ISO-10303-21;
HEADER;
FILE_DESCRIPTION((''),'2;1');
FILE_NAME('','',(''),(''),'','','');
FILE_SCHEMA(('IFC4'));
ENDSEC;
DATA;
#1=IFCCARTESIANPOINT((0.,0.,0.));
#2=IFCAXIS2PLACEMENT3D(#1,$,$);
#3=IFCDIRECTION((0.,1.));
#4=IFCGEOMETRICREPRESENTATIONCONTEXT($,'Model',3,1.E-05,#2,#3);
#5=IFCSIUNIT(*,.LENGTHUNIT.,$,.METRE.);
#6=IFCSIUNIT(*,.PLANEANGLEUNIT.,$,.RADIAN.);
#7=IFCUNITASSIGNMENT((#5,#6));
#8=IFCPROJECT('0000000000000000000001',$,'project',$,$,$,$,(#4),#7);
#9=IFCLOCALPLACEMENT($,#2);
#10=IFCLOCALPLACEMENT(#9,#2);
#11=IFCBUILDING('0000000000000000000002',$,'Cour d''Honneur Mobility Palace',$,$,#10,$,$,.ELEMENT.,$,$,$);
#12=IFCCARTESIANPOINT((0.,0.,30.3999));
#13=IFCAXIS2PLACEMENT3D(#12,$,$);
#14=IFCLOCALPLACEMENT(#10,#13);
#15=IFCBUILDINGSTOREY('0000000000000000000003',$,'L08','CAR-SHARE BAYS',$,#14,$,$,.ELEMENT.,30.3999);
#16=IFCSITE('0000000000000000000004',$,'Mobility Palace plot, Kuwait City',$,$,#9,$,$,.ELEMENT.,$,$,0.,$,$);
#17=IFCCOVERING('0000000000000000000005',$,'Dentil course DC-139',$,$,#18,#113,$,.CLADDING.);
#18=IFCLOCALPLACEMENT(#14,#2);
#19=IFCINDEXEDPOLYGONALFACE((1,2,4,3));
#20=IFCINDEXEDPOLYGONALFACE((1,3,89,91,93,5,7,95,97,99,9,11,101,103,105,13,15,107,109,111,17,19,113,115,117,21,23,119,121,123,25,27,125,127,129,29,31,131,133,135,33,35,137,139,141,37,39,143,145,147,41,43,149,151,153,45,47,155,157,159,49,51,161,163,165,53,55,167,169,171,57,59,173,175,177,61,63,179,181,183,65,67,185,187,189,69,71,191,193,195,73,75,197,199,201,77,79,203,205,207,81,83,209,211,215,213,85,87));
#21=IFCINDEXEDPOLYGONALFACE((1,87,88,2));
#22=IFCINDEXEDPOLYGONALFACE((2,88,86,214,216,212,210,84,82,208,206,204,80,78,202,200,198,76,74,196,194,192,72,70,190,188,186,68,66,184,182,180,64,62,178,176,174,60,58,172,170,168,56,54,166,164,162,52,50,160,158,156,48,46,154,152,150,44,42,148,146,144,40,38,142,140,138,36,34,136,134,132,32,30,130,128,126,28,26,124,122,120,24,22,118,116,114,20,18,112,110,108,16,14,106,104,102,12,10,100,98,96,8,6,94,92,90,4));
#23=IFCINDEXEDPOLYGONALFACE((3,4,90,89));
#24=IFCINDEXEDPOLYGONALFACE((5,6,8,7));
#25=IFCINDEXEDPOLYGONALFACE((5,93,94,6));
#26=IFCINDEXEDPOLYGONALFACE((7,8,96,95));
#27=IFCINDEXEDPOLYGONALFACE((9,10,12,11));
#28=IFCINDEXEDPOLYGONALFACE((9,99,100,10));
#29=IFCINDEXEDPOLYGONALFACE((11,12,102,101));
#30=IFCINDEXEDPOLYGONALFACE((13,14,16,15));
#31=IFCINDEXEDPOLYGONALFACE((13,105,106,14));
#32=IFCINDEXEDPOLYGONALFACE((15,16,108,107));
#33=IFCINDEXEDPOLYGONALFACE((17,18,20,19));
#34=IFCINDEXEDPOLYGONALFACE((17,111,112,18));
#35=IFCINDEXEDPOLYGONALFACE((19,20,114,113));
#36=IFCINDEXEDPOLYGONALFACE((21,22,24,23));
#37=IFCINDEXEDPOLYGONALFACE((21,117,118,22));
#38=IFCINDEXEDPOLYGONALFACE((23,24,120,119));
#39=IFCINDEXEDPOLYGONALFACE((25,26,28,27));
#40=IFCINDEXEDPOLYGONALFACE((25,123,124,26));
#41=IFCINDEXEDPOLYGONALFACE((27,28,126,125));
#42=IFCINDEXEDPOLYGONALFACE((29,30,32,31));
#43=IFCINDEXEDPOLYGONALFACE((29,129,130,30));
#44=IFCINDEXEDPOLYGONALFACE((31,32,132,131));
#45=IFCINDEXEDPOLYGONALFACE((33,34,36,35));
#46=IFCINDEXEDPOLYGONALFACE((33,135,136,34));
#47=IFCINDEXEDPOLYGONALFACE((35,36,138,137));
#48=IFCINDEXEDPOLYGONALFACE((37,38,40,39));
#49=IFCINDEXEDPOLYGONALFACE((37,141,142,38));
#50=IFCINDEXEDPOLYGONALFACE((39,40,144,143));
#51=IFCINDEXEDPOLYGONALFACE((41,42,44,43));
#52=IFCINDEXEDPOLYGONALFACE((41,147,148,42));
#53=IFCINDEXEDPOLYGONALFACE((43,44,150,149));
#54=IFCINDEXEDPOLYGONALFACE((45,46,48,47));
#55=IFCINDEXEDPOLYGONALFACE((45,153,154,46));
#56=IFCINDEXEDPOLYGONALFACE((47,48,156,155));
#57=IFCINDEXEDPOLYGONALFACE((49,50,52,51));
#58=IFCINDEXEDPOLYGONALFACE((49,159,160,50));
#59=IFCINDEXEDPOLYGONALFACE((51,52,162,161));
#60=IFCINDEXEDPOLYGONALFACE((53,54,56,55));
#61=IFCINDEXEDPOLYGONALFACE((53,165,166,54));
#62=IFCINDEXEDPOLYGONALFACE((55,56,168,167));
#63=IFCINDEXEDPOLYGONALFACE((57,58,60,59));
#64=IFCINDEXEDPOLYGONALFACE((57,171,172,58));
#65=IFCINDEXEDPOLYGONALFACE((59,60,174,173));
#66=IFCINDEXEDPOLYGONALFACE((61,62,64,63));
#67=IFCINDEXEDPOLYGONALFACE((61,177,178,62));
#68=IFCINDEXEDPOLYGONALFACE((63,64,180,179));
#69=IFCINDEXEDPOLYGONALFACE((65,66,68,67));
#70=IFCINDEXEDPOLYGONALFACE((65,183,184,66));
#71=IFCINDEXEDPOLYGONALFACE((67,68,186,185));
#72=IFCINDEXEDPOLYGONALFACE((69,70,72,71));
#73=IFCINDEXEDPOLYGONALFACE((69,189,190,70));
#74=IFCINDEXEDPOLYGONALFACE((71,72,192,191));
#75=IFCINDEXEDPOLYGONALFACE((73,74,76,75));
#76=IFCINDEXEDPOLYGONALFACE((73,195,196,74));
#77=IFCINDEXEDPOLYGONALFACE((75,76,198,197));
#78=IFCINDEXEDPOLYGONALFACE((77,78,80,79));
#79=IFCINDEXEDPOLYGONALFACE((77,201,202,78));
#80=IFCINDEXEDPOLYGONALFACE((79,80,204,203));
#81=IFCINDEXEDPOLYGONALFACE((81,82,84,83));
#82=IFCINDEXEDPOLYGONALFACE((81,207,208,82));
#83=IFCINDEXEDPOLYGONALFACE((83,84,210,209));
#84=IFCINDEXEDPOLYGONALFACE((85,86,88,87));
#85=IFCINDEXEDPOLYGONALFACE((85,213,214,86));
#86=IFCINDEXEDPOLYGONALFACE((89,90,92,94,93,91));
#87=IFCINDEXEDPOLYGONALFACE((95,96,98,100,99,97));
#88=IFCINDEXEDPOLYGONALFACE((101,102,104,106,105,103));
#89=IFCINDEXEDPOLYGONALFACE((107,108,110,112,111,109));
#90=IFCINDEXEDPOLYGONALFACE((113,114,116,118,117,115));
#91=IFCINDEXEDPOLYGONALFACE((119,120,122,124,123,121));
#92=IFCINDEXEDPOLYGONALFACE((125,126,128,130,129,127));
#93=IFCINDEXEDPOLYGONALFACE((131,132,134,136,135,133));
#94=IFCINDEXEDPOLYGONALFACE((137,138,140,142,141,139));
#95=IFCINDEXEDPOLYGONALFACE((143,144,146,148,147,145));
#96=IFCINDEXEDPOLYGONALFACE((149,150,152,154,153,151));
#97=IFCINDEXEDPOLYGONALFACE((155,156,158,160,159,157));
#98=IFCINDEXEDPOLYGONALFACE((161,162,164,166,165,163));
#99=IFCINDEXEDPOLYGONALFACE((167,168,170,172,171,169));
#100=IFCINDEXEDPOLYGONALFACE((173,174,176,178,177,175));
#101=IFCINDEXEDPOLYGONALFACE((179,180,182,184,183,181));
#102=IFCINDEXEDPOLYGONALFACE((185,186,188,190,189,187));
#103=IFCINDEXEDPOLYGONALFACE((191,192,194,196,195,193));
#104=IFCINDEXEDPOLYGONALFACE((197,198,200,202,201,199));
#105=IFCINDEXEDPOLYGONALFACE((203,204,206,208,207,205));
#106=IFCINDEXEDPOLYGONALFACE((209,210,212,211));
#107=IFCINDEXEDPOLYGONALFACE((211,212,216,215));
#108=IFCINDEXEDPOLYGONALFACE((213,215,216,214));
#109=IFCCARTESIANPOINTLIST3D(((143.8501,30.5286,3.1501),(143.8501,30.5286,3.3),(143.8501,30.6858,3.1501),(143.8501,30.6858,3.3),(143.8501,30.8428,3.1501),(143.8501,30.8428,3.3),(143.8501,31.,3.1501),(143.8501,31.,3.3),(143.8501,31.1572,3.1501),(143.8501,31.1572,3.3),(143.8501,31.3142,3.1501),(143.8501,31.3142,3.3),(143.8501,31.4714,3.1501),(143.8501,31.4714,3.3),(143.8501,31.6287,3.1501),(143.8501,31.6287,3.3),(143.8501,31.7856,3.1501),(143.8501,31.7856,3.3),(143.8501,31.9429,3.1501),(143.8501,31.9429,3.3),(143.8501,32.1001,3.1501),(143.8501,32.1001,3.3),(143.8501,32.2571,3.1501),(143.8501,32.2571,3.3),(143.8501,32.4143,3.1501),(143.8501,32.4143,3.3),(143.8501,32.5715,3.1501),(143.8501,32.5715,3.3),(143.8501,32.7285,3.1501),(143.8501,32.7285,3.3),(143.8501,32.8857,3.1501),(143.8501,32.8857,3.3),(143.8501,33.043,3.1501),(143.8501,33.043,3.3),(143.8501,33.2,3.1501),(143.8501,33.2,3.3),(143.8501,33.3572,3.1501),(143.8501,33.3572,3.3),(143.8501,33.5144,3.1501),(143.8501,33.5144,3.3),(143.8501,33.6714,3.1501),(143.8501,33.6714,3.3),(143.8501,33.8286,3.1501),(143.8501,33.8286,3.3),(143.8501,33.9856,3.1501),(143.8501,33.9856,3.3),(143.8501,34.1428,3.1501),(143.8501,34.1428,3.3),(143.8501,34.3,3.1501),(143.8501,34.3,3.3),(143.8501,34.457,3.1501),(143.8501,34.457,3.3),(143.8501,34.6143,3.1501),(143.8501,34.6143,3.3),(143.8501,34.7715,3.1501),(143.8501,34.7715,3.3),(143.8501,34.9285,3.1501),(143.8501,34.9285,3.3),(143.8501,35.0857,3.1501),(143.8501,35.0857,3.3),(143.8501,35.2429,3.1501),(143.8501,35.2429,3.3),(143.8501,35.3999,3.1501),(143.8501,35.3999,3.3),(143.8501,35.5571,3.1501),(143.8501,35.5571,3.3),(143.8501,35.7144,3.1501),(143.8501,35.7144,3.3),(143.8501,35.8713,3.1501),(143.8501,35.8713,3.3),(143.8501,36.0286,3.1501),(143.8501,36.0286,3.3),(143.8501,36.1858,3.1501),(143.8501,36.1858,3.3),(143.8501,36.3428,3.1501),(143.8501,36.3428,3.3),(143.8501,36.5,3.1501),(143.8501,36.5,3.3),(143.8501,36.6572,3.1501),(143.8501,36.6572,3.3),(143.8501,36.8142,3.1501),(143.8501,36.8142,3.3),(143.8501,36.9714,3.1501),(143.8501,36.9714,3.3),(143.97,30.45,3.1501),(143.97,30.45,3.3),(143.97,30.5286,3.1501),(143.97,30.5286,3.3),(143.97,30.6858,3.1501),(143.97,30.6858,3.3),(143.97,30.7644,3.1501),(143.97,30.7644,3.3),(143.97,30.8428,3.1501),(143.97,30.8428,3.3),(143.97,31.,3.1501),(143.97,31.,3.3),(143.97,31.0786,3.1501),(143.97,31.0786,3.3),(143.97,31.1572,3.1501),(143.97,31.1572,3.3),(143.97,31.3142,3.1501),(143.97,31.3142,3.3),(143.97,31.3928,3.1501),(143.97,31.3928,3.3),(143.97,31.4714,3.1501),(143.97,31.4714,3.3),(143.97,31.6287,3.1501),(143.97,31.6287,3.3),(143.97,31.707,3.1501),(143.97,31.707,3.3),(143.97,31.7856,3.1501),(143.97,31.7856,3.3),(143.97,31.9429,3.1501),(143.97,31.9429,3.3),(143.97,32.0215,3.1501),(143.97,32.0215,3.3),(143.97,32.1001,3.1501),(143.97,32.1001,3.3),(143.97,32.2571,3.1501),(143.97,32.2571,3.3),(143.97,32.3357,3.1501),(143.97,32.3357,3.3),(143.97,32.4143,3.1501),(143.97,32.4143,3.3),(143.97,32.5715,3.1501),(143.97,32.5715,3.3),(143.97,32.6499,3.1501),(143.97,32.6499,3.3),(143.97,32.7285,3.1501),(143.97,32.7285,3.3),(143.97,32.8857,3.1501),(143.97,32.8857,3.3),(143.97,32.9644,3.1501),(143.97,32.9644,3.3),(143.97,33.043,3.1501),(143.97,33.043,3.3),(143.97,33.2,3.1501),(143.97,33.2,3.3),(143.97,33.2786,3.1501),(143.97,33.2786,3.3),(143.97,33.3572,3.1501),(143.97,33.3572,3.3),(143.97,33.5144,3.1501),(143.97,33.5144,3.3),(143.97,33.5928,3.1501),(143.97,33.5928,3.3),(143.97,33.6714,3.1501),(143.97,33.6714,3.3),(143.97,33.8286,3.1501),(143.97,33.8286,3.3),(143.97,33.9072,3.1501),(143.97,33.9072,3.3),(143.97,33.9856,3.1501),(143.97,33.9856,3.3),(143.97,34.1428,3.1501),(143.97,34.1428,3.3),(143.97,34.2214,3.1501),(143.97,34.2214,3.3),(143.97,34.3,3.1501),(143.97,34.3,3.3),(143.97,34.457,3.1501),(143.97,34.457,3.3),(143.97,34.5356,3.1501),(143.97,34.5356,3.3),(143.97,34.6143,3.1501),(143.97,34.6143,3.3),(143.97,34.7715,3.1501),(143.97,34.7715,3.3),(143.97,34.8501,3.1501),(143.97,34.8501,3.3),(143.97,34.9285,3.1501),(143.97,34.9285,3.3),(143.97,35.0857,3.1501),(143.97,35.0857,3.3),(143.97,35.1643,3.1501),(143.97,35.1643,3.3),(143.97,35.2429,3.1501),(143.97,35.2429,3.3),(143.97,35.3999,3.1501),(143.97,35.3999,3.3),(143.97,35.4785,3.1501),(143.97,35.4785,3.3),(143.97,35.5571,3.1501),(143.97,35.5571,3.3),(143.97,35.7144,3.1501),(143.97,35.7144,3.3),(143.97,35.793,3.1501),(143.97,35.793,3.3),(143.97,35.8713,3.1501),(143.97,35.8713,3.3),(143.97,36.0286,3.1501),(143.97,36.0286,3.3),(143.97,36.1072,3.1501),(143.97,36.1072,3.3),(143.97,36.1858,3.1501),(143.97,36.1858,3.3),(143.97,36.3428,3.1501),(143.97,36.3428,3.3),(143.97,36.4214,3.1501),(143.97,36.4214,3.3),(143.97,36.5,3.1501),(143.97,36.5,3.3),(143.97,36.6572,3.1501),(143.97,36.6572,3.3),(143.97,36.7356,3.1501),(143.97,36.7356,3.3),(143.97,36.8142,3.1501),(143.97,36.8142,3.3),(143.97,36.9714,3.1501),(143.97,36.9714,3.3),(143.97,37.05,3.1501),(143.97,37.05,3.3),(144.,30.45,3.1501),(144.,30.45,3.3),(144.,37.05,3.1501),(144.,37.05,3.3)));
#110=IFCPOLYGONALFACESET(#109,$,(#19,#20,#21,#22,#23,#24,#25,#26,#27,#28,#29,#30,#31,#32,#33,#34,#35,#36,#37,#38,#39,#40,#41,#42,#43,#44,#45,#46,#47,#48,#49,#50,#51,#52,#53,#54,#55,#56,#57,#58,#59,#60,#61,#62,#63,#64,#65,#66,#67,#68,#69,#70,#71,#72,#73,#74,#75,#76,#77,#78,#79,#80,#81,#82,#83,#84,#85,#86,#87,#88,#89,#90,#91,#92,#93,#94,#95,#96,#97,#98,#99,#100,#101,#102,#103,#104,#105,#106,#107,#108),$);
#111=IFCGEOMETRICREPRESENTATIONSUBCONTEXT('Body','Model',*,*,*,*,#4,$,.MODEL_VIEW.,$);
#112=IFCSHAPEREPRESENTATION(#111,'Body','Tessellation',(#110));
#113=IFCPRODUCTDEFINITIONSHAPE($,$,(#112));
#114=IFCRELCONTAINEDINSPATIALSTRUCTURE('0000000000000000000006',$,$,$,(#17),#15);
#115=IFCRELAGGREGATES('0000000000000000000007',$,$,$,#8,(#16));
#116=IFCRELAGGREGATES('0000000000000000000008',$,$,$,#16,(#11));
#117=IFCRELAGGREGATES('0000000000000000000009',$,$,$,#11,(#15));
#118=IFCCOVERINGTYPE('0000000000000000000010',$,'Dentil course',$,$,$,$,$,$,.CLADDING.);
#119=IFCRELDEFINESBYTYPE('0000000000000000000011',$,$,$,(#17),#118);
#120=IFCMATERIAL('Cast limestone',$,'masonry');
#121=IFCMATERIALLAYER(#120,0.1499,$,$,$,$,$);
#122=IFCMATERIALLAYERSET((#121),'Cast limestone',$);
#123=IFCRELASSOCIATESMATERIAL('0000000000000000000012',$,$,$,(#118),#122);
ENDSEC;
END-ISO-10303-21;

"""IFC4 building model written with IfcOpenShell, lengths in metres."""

from ifc_helpers import new_model, si_unit, direction, frame, origin, place, context, subcontext, project, spatial, polyline, outline, extrude, material, layer, layer_set, type_object, element, save


model = new_model("IFC4")

# Units and contexts
model_context = context("Model", 3, precision=1e-05, world=origin(), true_north=direction((0.0, 1.0)))
body_context = subcontext(model_context, "Body", "Model", "MODEL_VIEW")
ifc_project = project(units=[si_unit("LENGTHUNIT", "METRE"), si_unit("PLANEANGLEUNIT", "RADIAN")], contexts=[model_context])

# Site, building, storey
site_placement = place(None, origin())
site = spatial("IfcSite", under=ifc_project, at=site_placement, Name="Mobility Palace plot, Kuwait City", CompositionType="ELEMENT", RefElevation=0.0)
building_placement = place(site_placement, origin())
building = spatial("IfcBuilding", under=site, at=building_placement, Name="Cour d'Honneur Mobility Palace", CompositionType="ELEMENT")
storey_placement = place(building_placement, frame((0.0, 0.0, 30.3999)))
storey = spatial("IfcBuildingStorey", under=building, at=storey_placement, Name="L08", Description="CAR-SHARE BAYS", CompositionType="ELEMENT", Elevation=30.3999)

# Covering
ifc_material_1 = material(Name="Cast limestone", Category="masonry")
ifc_layer_1 = layer(ifc_material_1, 0.1499)
ifc_layer_set_1 = layer_set([ifc_layer_1], Name="Cast limestone")
covering_type_1 = type_object("IfcCoveringType", Name="Dentil course", PredefinedType="CLADDING", material=ifc_layer_set_1)
covering_1_placement = place(storey_placement, frame((0.0, 0.0, 3.1501)))
element("IfcCovering", 1, at=covering_1_placement, inside=storey, type_object=covering_type_1, Name="Dentil course DC-139", PredefinedType="CLADDING", context=body_context, shape_type="SweptSolid", body=[
    extrude(outline(polyline([(144.0, 37.05), (144.0, 30.45), (143.97, 30.45), (143.97, 30.45), (143.97, 30.5286), (143.8501, 30.5286), (143.8501, 30.6858), (143.97, 30.6858), (143.97, 30.7644), (143.97, 30.7644), (143.97, 30.8428), (143.8501, 30.8428), (143.8501, 31.0), (143.97, 31.0), (143.97, 31.0786), (143.97, 31.0786), (143.97, 31.1572), (143.8501, 31.1572), (143.8501, 31.3142), (143.97, 31.3142), (143.97, 31.3928), (143.97, 31.3928), (143.97, 31.4714), (143.8501, 31.4714), (143.8501, 31.6287), (143.97, 31.6287), (143.97, 31.707), (143.97, 31.707), (143.97, 31.7856), (143.8501, 31.7856), (143.8501, 31.9429), (143.97, 31.9429), (143.97, 32.0215), (143.97, 32.0215), (143.97, 32.1001), (143.8501, 32.1001), (143.8501, 32.2571), (143.97, 32.2571), (143.97, 32.3357), (143.97, 32.3357), (143.97, 32.4143), (143.8501, 32.4143), (143.8501, 32.5715), (143.97, 32.5715), (143.97, 32.6499), (143.97, 32.6499), (143.97, 32.7285), (143.8501, 32.7285), (143.8501, 32.8857), (143.97, 32.8857), (143.97, 32.9644), (143.97, 32.9644), (143.97, 33.043), (143.8501, 33.043), (143.8501, 33.2), (143.97, 33.2), (143.97, 33.2786), (143.97, 33.2786), (143.97, 33.3572), (143.8501, 33.3572), (143.8501, 33.5144), (143.97, 33.5144), (143.97, 33.5928), (143.97, 33.5928), (143.97, 33.6714), (143.8501, 33.6714), (143.8501, 33.8286), (143.97, 33.8286), (143.97, 33.9072), (143.97, 33.9072), (143.97, 33.9856), (143.8501, 33.9856), (143.8501, 34.1428), (143.97, 34.1428), (143.97, 34.2214), (143.97, 34.2214), (143.97, 34.3), (143.8501, 34.3), (143.8501, 34.457), (143.97, 34.457), (143.97, 34.5356), (143.97, 34.5356), (143.97, 34.6143), (143.8501, 34.6143), (143.8501, 34.7715), (143.97, 34.7715), (143.97, 34.8501), (143.97, 34.8501), (143.97, 34.9285), (143.8501, 34.9285), (143.8501, 35.0857), (143.97, 35.0857), (143.97, 35.1643), (143.97, 35.1643), (143.97, 35.2429), (143.8501, 35.2429), (143.8501, 35.3999), (143.97, 35.3999), (143.97, 35.4785), (143.97, 35.4785), (143.97, 35.5571), (143.8501, 35.5571), (143.8501, 35.7144), (143.97, 35.7144), (143.97, 35.793), (143.97, 35.793), (143.97, 35.8713), (143.8501, 35.8713), (143.8501, 36.0286), (143.97, 36.0286), (143.97, 36.1072), (143.97, 36.1072), (143.97, 36.1858), (143.8501, 36.1858), (143.8501, 36.3428), (143.97, 36.3428), (143.97, 36.4214), (143.97, 36.4214), (143.97, 36.5), (143.8501, 36.5), (143.8501, 36.6572), (143.97, 36.6572), (143.97, 36.7356), (143.97, 36.7356), (143.97, 36.8142), (143.8501, 36.8142), (143.8501, 36.9714), (143.97, 36.9714), (143.97, 37.05), (144.0, 37.05)])), origin(), (0.0, 0.0, 1.0), 0.1499),
])

save(model, "model.ifc")
